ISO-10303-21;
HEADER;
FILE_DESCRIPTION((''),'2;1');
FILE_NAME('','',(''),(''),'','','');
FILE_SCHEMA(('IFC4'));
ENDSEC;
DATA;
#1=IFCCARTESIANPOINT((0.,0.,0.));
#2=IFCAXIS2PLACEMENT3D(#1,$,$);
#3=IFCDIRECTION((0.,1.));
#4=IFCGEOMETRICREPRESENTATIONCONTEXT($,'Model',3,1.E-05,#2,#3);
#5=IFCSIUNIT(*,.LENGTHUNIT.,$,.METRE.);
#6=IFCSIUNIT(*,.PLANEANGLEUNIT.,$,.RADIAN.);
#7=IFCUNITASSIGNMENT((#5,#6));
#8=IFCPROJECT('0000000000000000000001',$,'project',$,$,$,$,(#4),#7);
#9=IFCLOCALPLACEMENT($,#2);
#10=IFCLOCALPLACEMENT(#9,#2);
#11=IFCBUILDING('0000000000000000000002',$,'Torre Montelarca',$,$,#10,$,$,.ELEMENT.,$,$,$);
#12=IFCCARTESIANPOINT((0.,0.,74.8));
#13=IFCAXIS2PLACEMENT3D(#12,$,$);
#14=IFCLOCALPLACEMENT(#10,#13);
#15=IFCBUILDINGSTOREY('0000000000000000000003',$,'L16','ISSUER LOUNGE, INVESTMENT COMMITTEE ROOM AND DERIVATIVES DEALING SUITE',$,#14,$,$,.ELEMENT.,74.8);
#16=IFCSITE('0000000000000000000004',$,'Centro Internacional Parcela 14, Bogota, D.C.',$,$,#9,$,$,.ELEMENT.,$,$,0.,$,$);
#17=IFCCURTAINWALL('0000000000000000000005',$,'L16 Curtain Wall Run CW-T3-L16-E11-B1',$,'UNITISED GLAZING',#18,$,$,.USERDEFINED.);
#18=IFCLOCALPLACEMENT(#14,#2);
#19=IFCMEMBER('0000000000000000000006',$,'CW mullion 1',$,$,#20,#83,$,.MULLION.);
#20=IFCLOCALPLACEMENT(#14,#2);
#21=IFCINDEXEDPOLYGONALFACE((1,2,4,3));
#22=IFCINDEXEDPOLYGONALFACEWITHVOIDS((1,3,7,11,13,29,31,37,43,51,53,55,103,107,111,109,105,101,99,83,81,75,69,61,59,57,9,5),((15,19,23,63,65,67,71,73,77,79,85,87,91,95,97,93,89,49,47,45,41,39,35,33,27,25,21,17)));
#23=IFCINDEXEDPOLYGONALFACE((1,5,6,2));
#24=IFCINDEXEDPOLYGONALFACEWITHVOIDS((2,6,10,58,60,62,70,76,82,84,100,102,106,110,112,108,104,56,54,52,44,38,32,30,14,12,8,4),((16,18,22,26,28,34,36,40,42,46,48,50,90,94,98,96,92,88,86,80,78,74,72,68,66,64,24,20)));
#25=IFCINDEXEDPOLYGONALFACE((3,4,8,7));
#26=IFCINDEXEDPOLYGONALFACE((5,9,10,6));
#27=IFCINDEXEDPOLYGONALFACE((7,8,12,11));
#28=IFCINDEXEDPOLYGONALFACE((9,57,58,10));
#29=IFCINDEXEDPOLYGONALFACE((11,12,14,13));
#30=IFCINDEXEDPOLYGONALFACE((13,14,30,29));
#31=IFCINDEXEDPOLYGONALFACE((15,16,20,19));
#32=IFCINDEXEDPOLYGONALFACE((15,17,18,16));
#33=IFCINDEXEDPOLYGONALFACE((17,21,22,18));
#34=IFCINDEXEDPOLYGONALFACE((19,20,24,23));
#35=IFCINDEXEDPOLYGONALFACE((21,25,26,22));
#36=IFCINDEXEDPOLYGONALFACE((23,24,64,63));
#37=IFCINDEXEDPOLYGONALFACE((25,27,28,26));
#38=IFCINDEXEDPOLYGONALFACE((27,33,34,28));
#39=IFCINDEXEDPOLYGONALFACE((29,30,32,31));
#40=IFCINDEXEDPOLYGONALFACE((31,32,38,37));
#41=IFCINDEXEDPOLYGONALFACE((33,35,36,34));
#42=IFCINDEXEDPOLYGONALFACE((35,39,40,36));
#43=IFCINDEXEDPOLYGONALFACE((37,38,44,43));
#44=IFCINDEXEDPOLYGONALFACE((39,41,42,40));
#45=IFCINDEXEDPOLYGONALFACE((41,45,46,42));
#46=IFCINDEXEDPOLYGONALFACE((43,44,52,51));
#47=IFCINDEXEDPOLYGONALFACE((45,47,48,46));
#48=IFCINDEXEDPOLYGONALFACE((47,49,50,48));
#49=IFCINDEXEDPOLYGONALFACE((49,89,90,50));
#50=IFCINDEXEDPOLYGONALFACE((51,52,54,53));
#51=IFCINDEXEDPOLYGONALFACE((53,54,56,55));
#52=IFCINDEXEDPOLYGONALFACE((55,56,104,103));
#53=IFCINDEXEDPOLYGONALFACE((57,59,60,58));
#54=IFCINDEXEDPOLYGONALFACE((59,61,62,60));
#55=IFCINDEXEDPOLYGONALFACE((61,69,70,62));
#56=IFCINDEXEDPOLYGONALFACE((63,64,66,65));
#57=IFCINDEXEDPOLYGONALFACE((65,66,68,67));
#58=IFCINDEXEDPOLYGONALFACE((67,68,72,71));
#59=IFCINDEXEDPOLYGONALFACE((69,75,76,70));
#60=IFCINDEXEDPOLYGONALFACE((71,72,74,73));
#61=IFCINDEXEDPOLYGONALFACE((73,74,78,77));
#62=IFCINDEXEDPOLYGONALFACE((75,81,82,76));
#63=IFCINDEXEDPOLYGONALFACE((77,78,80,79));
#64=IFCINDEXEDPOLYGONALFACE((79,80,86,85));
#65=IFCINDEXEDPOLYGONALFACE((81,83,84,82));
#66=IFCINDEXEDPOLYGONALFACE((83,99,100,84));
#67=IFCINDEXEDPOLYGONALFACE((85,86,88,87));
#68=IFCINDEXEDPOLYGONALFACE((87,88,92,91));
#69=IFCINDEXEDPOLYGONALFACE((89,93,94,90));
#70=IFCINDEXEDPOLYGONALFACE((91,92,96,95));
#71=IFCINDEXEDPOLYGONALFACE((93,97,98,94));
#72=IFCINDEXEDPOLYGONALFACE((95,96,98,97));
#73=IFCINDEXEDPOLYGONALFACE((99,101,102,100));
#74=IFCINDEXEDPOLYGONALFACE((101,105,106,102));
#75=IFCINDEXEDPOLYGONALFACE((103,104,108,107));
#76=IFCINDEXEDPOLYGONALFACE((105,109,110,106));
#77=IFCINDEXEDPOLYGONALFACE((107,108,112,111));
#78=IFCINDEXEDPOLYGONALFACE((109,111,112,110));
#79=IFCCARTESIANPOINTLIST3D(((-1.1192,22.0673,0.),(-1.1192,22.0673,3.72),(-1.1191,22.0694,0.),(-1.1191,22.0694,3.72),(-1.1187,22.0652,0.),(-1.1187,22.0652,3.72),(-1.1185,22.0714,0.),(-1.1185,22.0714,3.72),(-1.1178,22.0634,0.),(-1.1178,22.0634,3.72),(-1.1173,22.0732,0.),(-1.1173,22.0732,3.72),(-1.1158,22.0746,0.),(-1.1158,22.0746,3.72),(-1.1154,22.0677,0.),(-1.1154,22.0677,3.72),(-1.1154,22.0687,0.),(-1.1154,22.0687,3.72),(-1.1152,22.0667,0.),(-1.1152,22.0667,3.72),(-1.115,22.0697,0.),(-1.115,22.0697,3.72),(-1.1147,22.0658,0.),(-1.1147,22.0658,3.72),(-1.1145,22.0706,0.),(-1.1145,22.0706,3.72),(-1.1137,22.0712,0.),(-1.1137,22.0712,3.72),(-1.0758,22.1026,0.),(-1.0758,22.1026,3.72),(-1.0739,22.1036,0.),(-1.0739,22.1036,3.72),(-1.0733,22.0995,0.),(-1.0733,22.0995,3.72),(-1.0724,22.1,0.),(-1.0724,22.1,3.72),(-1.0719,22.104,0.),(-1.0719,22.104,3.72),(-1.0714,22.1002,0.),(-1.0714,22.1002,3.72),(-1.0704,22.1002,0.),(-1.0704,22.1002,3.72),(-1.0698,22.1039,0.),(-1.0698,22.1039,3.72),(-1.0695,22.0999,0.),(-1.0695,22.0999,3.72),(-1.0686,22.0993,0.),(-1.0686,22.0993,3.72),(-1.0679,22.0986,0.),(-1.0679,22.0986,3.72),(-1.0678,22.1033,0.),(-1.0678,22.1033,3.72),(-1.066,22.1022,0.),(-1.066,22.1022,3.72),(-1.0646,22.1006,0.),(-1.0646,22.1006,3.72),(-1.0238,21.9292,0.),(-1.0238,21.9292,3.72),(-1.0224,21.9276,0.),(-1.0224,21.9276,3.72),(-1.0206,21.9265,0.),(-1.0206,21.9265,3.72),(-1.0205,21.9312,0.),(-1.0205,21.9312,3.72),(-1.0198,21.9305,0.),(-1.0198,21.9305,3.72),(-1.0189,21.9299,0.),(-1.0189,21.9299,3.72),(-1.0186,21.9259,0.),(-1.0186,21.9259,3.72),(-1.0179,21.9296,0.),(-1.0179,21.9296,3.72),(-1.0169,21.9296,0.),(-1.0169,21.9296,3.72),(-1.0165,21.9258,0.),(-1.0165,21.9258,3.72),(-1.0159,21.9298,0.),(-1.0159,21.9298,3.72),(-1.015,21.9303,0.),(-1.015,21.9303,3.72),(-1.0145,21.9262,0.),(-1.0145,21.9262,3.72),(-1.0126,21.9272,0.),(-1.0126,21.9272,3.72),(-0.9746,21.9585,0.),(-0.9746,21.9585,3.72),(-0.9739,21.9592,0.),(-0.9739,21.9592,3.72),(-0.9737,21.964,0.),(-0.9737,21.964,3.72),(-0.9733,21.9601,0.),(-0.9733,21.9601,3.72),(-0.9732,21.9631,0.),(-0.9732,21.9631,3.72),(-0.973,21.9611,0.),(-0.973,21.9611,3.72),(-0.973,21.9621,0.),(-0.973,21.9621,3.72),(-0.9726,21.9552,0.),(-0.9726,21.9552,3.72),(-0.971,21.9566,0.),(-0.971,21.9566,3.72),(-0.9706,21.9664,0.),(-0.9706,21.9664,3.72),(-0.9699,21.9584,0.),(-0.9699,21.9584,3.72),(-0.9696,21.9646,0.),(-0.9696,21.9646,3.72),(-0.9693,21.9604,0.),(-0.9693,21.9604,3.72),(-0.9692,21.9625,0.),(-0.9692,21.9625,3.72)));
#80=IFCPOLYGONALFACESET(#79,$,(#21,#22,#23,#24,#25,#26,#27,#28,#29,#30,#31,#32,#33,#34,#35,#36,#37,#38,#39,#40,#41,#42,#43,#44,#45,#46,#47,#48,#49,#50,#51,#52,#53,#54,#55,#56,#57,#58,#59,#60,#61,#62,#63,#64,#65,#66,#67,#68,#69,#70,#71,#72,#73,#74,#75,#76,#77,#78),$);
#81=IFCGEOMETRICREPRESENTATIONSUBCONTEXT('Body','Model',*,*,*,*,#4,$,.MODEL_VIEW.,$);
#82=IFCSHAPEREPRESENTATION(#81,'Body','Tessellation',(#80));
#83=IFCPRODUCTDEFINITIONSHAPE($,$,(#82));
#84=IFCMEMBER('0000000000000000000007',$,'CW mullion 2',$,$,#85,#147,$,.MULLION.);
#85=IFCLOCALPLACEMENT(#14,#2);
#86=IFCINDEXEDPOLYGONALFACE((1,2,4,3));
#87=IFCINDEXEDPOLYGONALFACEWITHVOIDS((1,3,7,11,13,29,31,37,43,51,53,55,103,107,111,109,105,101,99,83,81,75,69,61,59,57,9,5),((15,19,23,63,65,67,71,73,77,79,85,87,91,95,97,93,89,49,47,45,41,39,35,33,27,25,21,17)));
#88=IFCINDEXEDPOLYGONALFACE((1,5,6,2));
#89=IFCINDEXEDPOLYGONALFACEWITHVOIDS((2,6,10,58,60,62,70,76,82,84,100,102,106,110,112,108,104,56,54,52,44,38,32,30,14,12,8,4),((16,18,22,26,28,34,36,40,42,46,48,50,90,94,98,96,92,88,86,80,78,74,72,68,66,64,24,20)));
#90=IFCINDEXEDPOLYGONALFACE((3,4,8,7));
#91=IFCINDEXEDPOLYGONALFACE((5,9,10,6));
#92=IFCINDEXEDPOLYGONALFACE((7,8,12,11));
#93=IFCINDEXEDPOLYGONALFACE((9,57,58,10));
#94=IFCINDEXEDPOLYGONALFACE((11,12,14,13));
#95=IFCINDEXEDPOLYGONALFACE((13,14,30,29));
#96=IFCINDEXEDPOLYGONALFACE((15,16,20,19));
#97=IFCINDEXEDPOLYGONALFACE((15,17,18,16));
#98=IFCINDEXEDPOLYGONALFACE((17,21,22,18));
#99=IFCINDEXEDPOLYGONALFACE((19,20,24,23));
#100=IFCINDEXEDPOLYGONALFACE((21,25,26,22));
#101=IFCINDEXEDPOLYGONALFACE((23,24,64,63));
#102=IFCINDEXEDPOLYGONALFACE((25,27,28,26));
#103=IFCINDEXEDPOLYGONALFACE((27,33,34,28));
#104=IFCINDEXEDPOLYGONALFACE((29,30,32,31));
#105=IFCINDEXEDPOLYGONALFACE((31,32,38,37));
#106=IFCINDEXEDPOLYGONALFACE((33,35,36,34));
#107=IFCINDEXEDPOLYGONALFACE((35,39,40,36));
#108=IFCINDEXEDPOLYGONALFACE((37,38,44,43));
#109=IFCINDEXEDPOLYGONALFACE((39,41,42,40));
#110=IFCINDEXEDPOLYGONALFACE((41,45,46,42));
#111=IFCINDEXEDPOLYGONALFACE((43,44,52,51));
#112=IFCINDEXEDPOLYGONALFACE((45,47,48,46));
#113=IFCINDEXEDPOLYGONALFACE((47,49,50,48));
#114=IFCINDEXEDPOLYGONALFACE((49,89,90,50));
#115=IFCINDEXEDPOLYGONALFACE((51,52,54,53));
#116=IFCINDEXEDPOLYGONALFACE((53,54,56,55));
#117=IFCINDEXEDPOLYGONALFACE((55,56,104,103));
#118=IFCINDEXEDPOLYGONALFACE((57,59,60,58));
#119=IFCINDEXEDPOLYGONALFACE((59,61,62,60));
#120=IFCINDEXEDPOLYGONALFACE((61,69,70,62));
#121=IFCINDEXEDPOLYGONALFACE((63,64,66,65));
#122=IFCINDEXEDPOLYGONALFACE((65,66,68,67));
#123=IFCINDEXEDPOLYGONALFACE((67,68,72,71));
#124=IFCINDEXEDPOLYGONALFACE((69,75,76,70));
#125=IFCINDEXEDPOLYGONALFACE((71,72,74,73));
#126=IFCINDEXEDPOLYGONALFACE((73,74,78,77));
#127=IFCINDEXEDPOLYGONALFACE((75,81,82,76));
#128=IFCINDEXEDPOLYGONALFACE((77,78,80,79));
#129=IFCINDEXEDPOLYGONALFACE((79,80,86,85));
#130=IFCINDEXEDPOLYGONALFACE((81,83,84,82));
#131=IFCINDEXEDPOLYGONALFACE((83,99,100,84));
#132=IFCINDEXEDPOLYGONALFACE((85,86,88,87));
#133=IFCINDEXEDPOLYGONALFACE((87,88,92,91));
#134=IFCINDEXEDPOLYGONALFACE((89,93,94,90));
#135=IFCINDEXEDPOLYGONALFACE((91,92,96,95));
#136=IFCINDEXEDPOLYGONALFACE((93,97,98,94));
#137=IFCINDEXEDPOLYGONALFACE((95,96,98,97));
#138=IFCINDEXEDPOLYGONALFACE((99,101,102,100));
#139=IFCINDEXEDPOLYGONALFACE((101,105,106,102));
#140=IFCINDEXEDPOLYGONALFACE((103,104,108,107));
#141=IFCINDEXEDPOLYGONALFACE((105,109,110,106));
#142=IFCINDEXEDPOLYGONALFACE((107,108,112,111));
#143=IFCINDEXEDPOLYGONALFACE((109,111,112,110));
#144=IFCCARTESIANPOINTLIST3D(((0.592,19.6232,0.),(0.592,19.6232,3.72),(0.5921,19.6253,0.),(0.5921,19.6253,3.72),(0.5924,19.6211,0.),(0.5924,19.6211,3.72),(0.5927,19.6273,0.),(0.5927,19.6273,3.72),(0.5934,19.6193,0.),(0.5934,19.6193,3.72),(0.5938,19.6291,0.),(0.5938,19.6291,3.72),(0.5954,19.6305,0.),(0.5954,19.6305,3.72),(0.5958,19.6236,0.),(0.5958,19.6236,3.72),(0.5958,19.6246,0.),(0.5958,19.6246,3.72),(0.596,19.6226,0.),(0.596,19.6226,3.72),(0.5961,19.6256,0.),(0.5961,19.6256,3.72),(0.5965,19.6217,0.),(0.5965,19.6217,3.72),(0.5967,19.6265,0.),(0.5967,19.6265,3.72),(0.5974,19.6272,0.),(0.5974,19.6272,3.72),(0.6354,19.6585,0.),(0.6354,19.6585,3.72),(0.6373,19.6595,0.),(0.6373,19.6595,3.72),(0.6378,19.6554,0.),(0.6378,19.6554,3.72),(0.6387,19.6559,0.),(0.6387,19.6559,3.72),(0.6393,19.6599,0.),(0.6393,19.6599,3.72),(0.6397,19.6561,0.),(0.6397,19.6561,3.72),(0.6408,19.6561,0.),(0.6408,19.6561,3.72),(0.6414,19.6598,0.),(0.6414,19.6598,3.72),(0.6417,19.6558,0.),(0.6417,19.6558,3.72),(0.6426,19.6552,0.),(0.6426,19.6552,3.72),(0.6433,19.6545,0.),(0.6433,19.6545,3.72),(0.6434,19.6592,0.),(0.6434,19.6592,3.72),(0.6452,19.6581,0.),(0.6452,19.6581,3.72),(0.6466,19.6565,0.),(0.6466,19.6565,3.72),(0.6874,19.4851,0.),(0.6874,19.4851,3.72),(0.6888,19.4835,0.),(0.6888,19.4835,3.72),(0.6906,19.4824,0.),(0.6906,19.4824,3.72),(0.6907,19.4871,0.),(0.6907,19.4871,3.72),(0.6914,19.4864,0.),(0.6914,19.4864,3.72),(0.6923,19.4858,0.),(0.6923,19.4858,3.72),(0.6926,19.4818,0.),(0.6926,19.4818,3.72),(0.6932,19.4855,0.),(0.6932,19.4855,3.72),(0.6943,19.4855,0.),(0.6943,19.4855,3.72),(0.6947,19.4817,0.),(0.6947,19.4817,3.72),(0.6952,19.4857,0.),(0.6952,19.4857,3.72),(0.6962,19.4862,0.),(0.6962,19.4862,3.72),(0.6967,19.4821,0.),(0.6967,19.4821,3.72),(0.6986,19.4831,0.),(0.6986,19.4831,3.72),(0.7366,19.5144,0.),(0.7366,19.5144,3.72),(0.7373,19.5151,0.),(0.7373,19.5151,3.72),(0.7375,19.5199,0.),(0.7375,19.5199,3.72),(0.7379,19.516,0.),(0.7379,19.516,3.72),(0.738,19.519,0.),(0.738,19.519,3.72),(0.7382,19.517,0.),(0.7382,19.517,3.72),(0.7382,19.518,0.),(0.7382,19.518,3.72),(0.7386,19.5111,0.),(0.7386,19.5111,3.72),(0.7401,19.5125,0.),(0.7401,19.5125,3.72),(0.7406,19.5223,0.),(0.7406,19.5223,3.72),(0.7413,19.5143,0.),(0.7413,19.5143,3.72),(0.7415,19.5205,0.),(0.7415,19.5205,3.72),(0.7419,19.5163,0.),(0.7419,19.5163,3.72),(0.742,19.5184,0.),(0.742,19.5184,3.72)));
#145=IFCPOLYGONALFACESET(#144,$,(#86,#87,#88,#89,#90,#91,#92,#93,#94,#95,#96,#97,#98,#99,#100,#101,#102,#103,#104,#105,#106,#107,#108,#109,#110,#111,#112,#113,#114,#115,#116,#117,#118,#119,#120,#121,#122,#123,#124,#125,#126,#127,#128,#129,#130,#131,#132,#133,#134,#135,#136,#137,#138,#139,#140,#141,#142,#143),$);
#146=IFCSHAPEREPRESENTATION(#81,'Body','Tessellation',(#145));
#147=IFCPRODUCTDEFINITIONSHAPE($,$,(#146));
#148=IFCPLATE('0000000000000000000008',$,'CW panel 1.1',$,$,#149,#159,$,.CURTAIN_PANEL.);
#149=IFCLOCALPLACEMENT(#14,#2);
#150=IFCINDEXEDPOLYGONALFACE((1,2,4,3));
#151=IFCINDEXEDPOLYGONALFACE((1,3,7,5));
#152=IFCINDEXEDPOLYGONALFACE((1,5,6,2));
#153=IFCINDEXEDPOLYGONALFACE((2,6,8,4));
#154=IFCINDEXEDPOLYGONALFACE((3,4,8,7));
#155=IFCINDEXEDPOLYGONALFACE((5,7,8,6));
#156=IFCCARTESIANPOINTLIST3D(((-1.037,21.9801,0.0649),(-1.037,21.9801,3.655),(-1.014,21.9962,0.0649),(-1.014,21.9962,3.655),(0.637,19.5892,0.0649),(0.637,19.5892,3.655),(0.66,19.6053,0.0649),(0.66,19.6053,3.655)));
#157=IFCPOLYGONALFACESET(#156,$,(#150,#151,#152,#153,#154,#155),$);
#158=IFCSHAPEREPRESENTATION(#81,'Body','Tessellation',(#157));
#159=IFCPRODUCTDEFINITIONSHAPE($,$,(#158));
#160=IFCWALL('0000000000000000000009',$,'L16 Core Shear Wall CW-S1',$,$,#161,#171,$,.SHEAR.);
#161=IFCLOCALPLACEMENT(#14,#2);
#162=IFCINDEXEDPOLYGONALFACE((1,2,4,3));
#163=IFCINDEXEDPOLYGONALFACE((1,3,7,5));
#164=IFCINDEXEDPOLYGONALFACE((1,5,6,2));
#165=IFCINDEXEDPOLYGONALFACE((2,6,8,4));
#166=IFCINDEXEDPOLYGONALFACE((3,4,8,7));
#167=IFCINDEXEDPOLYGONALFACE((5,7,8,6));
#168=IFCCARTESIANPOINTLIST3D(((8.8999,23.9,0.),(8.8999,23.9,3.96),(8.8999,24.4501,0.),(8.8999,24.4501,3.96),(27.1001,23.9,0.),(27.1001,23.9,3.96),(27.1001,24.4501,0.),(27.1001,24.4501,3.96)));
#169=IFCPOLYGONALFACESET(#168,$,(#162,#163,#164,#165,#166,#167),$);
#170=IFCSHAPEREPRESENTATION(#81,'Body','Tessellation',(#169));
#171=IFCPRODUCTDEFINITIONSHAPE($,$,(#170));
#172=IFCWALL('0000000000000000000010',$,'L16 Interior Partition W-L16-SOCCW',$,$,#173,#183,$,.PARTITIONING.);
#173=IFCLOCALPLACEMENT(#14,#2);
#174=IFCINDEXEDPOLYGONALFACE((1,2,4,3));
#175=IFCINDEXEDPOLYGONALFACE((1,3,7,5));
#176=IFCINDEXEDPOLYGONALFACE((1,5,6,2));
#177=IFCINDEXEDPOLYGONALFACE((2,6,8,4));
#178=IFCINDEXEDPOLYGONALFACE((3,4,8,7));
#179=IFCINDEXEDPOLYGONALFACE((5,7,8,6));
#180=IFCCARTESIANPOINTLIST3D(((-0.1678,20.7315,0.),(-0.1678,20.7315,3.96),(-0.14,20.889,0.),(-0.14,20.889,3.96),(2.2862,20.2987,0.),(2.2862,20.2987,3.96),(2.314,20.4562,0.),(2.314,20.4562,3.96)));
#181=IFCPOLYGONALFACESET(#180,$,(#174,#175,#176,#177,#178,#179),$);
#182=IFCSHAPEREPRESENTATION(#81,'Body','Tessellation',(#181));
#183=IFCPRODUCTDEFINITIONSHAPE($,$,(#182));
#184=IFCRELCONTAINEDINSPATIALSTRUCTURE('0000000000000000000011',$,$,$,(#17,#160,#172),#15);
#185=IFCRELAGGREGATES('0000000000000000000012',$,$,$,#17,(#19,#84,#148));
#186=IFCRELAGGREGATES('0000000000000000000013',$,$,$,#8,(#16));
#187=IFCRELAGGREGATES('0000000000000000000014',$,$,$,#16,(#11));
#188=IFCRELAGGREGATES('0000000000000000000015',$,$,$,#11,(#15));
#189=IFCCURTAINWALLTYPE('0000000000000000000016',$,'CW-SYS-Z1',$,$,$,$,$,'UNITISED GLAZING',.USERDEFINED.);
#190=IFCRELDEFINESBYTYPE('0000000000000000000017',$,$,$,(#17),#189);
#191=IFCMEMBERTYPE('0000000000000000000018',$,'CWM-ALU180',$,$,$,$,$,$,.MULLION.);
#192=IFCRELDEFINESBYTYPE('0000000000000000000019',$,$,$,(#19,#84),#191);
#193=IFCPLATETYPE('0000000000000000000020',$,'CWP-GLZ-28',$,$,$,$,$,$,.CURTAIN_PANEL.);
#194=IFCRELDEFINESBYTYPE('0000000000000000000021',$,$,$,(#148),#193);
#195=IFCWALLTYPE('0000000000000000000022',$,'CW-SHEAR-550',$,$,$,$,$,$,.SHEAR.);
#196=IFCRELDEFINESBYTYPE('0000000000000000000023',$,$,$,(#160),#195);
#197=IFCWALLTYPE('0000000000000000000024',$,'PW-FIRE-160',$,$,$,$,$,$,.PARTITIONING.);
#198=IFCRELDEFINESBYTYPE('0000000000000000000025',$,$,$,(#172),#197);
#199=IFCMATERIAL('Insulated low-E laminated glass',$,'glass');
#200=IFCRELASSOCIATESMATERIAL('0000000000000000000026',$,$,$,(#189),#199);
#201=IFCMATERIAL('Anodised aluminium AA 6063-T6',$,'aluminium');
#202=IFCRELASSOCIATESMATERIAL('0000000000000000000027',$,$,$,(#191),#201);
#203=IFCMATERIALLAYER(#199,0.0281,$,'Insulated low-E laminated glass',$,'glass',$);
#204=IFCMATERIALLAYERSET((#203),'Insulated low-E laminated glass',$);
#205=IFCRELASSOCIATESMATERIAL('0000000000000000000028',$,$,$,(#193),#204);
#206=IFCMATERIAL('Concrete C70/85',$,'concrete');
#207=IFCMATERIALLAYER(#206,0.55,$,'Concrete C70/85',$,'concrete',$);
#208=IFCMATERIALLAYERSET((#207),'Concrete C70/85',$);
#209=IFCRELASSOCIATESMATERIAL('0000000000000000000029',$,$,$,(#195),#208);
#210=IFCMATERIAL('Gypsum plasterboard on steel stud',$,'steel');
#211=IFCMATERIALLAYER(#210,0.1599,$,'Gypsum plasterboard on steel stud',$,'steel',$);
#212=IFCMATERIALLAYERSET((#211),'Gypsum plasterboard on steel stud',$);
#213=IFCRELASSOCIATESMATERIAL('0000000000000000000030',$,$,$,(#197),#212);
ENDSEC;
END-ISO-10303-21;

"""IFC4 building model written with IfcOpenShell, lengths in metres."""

from ifc_helpers import new_model, si_unit, direction, frame, frame_2d, origin, origin_2d, place, context, subcontext, project, spatial, rectangle, hollow_rectangle, extrude, source, transform, mapped, material, layer, layer_set, material_profile, profile_set, type_object, element, aggregate, save


model = new_model("IFC4")

# Units and contexts
model_context = context("Model", 3, precision=1e-05, world=origin(), true_north=direction((0.0, 1.0)))
body_context = subcontext(model_context, "Body", "Model", "MODEL_VIEW")
ifc_project = project(units=[si_unit("LENGTHUNIT", "METRE"), si_unit("PLANEANGLEUNIT", "RADIAN")], contexts=[model_context])

# Site, building, storey
site_placement = place(None, origin())
site = spatial("IfcSite", under=ifc_project, at=site_placement, Name="Centro Internacional Parcela 14, Bogota, D.C.", CompositionType="ELEMENT", RefElevation=0.0)
building_placement = place(site_placement, origin())
building = spatial("IfcBuilding", under=site, at=building_placement, Name="Torre Montelarca", CompositionType="ELEMENT")
storey_placement = place(building_placement, frame((0.0, 0.0, 74.8)))
storey = spatial("IfcBuildingStorey", under=building, at=storey_placement, Name="L16", Description="ISSUER LOUNGE, INVESTMENT COMMITTEE ROOM AND DERIVATIVES DEALING SUITE", CompositionType="ELEMENT", Elevation=74.8)

# Shared definitions
ifc_material_1 = material(Name="Concrete C70/85", Category="concrete")

# Curtain wall
ifc_material_2 = material(Name="Insulated low-E laminated glass", Category="glass")
curtain_wall_type = type_object("IfcCurtainWallType", Name="CW-SYS-Z1", ElementType="UNITISED GLAZING", PredefinedType="USERDEFINED", material=ifc_material_2)
curtain_wall_1_placement = place(storey_placement, origin())
curtain_wall_1 = element("IfcCurtainWall", 1, at=curtain_wall_1_placement, inside=storey, type_object=curtain_wall_type, Name="L16 Curtain Wall Run CW-T3-L16-E11-B1", ObjectType="UNITISED GLAZING", PredefinedType="USERDEFINED")
ifc_material_3 = material(Name="Anodised aluminium AA 6063-T6", Category="aluminium")

# Shared definitions
ifc_material_profile_1 = material_profile(ifc_material_3, hollow_rectangle(XDim=0.0649, YDim=0.1799, WallThickness=0.0039, InnerFilletRadius=0.0039, OuterFilletRadius=0.0081, at=origin_2d()), Name="ALU65X180X4", Category="aluminium")
ifc_profile_set_1 = profile_set([ifc_material_profile_1], Name="Anodised aluminium AA 6063-T6")
member_type_1 = type_object("IfcMemberType", Name="CWM-ALU180", PredefinedType="MULLION", material=ifc_profile_set_1)
shared_shape_1 = source(origin(), body_context, "Body", "SweptSolid", [
    extrude(hollow_rectangle(XDim=0.0649, YDim=0.1799, WallThickness=0.0039, InnerFilletRadius=0.0039, OuterFilletRadius=0.0081, at=origin_2d()), origin(), (0.0, 0.0, 1.0), 3.72),
])

# Members
member_1_placement = place(storey_placement, frame((-1.0442, 22.0149, 0.0), z_axis=(0.0, 0.0, 1.0), x_axis=(0.819174, 0.573546, 0.0)))
member_1 = element("IfcMember", 2, at=member_1_placement, type_object=member_type_1, Name="CW mullion 1", PredefinedType="MULLION", context=body_context, shape_type="MappedRepresentation", body=[
    mapped(shared_shape_1, transform((0.0, 0.0, 0.0), scale=1.0)),
])
member_2_placement = place(storey_placement, frame((0.667, 19.5708, 0.0), z_axis=(0.0, 0.0, 1.0), x_axis=(0.819174, 0.573546, 0.0)))
member_2 = element("IfcMember", 3, at=member_2_placement, type_object=member_type_1, Name="CW mullion 2", PredefinedType="MULLION", context=body_context, shape_type="MappedRepresentation", body=[
    mapped(shared_shape_1, transform((0.0, 0.0, 0.0), scale=1.0)),
])

# Plate
ifc_layer_1 = layer(ifc_material_2, 0.0281, Name="Insulated low-E laminated glass", Category="glass")
ifc_layer_set_1 = layer_set([ifc_layer_1], Name="Insulated low-E laminated glass")
plate_type = type_object("IfcPlateType", Name="CWP-GLZ-28", PredefinedType="CURTAIN_PANEL", material=ifc_layer_set_1)
shared_shape_2 = source(origin(), body_context, "Body", "SweptSolid", [
    extrude(rectangle(XDim=2.9187, YDim=0.0281, at=origin_2d()), origin(), (0.0, 0.0, 1.0), 3.5901),
])
plate_placement = place(storey_placement, frame((-0.1885, 20.7927, 0.0649), z_axis=(0.0, 0.0, 1.0), x_axis=(0.573546, -0.819174, 0.0)))
plate = element("IfcPlate", 4, at=plate_placement, type_object=plate_type, Name="CW panel 1.1", PredefinedType="CURTAIN_PANEL", context=body_context, shape_type="MappedRepresentation", body=[
    mapped(shared_shape_2, transform((0.0, 0.0, 0.0), scale=1.0)),
])
aggregate(curtain_wall_1, [member_1, member_2, plate])

# Walls
ifc_layer_2 = layer(ifc_material_1, 0.55, Name="Concrete C70/85", Category="concrete")
ifc_layer_set_2 = layer_set([ifc_layer_2], Name="Concrete C70/85")
wall_type_1 = type_object("IfcWallType", Name="CW-SHEAR-550", PredefinedType="SHEAR", material=ifc_layer_set_2)
wall_1_placement = place(storey_placement, frame((8.8999, 24.175, 0.0), z_axis=(0.0, 0.0, 1.0), x_axis=(1.0, 0.0, 0.0)))
element("IfcWall", 5, at=wall_1_placement, inside=storey, type_object=wall_type_1, Name="L16 Core Shear Wall CW-S1", PredefinedType="SHEAR", context=body_context, shape_type="SweptSolid", body=[
    extrude(rectangle(XDim=18.2002, YDim=0.55, at=frame_2d((9.1001, 0.0))), origin(), (0.0, 0.0, 1.0), 3.96),
])
ifc_material_4 = material(Name="Gypsum plasterboard on steel stud", Category="steel")
ifc_layer_3 = layer(ifc_material_4, 0.1599, Name="Gypsum plasterboard on steel stud", Category="steel")
ifc_layer_set_3 = layer_set([ifc_layer_3], Name="Gypsum plasterboard on steel stud")
wall_type_2 = type_object("IfcWallType", Name="PW-FIRE-160", PredefinedType="PARTITIONING", material=ifc_layer_set_3)
wall_2_placement = place(storey_placement, frame((-0.1541, 20.8103, 0.0), z_axis=(0.0, 0.0, 1.0), x_axis=(0.984798, -0.173701, 0.0)))
element("IfcWall", 6, at=wall_2_placement, inside=storey, type_object=wall_type_2, Name="L16 Interior Partition W-L16-SOCCW", PredefinedType="PARTITIONING", context=body_context, shape_type="SweptSolid", body=[
    extrude(rectangle(XDim=2.4919, YDim=0.1599, at=frame_2d((1.2461, 0.0))), origin(), (0.0, 0.0, 1.0), 3.96),
])

save(model, "model.ifc")
